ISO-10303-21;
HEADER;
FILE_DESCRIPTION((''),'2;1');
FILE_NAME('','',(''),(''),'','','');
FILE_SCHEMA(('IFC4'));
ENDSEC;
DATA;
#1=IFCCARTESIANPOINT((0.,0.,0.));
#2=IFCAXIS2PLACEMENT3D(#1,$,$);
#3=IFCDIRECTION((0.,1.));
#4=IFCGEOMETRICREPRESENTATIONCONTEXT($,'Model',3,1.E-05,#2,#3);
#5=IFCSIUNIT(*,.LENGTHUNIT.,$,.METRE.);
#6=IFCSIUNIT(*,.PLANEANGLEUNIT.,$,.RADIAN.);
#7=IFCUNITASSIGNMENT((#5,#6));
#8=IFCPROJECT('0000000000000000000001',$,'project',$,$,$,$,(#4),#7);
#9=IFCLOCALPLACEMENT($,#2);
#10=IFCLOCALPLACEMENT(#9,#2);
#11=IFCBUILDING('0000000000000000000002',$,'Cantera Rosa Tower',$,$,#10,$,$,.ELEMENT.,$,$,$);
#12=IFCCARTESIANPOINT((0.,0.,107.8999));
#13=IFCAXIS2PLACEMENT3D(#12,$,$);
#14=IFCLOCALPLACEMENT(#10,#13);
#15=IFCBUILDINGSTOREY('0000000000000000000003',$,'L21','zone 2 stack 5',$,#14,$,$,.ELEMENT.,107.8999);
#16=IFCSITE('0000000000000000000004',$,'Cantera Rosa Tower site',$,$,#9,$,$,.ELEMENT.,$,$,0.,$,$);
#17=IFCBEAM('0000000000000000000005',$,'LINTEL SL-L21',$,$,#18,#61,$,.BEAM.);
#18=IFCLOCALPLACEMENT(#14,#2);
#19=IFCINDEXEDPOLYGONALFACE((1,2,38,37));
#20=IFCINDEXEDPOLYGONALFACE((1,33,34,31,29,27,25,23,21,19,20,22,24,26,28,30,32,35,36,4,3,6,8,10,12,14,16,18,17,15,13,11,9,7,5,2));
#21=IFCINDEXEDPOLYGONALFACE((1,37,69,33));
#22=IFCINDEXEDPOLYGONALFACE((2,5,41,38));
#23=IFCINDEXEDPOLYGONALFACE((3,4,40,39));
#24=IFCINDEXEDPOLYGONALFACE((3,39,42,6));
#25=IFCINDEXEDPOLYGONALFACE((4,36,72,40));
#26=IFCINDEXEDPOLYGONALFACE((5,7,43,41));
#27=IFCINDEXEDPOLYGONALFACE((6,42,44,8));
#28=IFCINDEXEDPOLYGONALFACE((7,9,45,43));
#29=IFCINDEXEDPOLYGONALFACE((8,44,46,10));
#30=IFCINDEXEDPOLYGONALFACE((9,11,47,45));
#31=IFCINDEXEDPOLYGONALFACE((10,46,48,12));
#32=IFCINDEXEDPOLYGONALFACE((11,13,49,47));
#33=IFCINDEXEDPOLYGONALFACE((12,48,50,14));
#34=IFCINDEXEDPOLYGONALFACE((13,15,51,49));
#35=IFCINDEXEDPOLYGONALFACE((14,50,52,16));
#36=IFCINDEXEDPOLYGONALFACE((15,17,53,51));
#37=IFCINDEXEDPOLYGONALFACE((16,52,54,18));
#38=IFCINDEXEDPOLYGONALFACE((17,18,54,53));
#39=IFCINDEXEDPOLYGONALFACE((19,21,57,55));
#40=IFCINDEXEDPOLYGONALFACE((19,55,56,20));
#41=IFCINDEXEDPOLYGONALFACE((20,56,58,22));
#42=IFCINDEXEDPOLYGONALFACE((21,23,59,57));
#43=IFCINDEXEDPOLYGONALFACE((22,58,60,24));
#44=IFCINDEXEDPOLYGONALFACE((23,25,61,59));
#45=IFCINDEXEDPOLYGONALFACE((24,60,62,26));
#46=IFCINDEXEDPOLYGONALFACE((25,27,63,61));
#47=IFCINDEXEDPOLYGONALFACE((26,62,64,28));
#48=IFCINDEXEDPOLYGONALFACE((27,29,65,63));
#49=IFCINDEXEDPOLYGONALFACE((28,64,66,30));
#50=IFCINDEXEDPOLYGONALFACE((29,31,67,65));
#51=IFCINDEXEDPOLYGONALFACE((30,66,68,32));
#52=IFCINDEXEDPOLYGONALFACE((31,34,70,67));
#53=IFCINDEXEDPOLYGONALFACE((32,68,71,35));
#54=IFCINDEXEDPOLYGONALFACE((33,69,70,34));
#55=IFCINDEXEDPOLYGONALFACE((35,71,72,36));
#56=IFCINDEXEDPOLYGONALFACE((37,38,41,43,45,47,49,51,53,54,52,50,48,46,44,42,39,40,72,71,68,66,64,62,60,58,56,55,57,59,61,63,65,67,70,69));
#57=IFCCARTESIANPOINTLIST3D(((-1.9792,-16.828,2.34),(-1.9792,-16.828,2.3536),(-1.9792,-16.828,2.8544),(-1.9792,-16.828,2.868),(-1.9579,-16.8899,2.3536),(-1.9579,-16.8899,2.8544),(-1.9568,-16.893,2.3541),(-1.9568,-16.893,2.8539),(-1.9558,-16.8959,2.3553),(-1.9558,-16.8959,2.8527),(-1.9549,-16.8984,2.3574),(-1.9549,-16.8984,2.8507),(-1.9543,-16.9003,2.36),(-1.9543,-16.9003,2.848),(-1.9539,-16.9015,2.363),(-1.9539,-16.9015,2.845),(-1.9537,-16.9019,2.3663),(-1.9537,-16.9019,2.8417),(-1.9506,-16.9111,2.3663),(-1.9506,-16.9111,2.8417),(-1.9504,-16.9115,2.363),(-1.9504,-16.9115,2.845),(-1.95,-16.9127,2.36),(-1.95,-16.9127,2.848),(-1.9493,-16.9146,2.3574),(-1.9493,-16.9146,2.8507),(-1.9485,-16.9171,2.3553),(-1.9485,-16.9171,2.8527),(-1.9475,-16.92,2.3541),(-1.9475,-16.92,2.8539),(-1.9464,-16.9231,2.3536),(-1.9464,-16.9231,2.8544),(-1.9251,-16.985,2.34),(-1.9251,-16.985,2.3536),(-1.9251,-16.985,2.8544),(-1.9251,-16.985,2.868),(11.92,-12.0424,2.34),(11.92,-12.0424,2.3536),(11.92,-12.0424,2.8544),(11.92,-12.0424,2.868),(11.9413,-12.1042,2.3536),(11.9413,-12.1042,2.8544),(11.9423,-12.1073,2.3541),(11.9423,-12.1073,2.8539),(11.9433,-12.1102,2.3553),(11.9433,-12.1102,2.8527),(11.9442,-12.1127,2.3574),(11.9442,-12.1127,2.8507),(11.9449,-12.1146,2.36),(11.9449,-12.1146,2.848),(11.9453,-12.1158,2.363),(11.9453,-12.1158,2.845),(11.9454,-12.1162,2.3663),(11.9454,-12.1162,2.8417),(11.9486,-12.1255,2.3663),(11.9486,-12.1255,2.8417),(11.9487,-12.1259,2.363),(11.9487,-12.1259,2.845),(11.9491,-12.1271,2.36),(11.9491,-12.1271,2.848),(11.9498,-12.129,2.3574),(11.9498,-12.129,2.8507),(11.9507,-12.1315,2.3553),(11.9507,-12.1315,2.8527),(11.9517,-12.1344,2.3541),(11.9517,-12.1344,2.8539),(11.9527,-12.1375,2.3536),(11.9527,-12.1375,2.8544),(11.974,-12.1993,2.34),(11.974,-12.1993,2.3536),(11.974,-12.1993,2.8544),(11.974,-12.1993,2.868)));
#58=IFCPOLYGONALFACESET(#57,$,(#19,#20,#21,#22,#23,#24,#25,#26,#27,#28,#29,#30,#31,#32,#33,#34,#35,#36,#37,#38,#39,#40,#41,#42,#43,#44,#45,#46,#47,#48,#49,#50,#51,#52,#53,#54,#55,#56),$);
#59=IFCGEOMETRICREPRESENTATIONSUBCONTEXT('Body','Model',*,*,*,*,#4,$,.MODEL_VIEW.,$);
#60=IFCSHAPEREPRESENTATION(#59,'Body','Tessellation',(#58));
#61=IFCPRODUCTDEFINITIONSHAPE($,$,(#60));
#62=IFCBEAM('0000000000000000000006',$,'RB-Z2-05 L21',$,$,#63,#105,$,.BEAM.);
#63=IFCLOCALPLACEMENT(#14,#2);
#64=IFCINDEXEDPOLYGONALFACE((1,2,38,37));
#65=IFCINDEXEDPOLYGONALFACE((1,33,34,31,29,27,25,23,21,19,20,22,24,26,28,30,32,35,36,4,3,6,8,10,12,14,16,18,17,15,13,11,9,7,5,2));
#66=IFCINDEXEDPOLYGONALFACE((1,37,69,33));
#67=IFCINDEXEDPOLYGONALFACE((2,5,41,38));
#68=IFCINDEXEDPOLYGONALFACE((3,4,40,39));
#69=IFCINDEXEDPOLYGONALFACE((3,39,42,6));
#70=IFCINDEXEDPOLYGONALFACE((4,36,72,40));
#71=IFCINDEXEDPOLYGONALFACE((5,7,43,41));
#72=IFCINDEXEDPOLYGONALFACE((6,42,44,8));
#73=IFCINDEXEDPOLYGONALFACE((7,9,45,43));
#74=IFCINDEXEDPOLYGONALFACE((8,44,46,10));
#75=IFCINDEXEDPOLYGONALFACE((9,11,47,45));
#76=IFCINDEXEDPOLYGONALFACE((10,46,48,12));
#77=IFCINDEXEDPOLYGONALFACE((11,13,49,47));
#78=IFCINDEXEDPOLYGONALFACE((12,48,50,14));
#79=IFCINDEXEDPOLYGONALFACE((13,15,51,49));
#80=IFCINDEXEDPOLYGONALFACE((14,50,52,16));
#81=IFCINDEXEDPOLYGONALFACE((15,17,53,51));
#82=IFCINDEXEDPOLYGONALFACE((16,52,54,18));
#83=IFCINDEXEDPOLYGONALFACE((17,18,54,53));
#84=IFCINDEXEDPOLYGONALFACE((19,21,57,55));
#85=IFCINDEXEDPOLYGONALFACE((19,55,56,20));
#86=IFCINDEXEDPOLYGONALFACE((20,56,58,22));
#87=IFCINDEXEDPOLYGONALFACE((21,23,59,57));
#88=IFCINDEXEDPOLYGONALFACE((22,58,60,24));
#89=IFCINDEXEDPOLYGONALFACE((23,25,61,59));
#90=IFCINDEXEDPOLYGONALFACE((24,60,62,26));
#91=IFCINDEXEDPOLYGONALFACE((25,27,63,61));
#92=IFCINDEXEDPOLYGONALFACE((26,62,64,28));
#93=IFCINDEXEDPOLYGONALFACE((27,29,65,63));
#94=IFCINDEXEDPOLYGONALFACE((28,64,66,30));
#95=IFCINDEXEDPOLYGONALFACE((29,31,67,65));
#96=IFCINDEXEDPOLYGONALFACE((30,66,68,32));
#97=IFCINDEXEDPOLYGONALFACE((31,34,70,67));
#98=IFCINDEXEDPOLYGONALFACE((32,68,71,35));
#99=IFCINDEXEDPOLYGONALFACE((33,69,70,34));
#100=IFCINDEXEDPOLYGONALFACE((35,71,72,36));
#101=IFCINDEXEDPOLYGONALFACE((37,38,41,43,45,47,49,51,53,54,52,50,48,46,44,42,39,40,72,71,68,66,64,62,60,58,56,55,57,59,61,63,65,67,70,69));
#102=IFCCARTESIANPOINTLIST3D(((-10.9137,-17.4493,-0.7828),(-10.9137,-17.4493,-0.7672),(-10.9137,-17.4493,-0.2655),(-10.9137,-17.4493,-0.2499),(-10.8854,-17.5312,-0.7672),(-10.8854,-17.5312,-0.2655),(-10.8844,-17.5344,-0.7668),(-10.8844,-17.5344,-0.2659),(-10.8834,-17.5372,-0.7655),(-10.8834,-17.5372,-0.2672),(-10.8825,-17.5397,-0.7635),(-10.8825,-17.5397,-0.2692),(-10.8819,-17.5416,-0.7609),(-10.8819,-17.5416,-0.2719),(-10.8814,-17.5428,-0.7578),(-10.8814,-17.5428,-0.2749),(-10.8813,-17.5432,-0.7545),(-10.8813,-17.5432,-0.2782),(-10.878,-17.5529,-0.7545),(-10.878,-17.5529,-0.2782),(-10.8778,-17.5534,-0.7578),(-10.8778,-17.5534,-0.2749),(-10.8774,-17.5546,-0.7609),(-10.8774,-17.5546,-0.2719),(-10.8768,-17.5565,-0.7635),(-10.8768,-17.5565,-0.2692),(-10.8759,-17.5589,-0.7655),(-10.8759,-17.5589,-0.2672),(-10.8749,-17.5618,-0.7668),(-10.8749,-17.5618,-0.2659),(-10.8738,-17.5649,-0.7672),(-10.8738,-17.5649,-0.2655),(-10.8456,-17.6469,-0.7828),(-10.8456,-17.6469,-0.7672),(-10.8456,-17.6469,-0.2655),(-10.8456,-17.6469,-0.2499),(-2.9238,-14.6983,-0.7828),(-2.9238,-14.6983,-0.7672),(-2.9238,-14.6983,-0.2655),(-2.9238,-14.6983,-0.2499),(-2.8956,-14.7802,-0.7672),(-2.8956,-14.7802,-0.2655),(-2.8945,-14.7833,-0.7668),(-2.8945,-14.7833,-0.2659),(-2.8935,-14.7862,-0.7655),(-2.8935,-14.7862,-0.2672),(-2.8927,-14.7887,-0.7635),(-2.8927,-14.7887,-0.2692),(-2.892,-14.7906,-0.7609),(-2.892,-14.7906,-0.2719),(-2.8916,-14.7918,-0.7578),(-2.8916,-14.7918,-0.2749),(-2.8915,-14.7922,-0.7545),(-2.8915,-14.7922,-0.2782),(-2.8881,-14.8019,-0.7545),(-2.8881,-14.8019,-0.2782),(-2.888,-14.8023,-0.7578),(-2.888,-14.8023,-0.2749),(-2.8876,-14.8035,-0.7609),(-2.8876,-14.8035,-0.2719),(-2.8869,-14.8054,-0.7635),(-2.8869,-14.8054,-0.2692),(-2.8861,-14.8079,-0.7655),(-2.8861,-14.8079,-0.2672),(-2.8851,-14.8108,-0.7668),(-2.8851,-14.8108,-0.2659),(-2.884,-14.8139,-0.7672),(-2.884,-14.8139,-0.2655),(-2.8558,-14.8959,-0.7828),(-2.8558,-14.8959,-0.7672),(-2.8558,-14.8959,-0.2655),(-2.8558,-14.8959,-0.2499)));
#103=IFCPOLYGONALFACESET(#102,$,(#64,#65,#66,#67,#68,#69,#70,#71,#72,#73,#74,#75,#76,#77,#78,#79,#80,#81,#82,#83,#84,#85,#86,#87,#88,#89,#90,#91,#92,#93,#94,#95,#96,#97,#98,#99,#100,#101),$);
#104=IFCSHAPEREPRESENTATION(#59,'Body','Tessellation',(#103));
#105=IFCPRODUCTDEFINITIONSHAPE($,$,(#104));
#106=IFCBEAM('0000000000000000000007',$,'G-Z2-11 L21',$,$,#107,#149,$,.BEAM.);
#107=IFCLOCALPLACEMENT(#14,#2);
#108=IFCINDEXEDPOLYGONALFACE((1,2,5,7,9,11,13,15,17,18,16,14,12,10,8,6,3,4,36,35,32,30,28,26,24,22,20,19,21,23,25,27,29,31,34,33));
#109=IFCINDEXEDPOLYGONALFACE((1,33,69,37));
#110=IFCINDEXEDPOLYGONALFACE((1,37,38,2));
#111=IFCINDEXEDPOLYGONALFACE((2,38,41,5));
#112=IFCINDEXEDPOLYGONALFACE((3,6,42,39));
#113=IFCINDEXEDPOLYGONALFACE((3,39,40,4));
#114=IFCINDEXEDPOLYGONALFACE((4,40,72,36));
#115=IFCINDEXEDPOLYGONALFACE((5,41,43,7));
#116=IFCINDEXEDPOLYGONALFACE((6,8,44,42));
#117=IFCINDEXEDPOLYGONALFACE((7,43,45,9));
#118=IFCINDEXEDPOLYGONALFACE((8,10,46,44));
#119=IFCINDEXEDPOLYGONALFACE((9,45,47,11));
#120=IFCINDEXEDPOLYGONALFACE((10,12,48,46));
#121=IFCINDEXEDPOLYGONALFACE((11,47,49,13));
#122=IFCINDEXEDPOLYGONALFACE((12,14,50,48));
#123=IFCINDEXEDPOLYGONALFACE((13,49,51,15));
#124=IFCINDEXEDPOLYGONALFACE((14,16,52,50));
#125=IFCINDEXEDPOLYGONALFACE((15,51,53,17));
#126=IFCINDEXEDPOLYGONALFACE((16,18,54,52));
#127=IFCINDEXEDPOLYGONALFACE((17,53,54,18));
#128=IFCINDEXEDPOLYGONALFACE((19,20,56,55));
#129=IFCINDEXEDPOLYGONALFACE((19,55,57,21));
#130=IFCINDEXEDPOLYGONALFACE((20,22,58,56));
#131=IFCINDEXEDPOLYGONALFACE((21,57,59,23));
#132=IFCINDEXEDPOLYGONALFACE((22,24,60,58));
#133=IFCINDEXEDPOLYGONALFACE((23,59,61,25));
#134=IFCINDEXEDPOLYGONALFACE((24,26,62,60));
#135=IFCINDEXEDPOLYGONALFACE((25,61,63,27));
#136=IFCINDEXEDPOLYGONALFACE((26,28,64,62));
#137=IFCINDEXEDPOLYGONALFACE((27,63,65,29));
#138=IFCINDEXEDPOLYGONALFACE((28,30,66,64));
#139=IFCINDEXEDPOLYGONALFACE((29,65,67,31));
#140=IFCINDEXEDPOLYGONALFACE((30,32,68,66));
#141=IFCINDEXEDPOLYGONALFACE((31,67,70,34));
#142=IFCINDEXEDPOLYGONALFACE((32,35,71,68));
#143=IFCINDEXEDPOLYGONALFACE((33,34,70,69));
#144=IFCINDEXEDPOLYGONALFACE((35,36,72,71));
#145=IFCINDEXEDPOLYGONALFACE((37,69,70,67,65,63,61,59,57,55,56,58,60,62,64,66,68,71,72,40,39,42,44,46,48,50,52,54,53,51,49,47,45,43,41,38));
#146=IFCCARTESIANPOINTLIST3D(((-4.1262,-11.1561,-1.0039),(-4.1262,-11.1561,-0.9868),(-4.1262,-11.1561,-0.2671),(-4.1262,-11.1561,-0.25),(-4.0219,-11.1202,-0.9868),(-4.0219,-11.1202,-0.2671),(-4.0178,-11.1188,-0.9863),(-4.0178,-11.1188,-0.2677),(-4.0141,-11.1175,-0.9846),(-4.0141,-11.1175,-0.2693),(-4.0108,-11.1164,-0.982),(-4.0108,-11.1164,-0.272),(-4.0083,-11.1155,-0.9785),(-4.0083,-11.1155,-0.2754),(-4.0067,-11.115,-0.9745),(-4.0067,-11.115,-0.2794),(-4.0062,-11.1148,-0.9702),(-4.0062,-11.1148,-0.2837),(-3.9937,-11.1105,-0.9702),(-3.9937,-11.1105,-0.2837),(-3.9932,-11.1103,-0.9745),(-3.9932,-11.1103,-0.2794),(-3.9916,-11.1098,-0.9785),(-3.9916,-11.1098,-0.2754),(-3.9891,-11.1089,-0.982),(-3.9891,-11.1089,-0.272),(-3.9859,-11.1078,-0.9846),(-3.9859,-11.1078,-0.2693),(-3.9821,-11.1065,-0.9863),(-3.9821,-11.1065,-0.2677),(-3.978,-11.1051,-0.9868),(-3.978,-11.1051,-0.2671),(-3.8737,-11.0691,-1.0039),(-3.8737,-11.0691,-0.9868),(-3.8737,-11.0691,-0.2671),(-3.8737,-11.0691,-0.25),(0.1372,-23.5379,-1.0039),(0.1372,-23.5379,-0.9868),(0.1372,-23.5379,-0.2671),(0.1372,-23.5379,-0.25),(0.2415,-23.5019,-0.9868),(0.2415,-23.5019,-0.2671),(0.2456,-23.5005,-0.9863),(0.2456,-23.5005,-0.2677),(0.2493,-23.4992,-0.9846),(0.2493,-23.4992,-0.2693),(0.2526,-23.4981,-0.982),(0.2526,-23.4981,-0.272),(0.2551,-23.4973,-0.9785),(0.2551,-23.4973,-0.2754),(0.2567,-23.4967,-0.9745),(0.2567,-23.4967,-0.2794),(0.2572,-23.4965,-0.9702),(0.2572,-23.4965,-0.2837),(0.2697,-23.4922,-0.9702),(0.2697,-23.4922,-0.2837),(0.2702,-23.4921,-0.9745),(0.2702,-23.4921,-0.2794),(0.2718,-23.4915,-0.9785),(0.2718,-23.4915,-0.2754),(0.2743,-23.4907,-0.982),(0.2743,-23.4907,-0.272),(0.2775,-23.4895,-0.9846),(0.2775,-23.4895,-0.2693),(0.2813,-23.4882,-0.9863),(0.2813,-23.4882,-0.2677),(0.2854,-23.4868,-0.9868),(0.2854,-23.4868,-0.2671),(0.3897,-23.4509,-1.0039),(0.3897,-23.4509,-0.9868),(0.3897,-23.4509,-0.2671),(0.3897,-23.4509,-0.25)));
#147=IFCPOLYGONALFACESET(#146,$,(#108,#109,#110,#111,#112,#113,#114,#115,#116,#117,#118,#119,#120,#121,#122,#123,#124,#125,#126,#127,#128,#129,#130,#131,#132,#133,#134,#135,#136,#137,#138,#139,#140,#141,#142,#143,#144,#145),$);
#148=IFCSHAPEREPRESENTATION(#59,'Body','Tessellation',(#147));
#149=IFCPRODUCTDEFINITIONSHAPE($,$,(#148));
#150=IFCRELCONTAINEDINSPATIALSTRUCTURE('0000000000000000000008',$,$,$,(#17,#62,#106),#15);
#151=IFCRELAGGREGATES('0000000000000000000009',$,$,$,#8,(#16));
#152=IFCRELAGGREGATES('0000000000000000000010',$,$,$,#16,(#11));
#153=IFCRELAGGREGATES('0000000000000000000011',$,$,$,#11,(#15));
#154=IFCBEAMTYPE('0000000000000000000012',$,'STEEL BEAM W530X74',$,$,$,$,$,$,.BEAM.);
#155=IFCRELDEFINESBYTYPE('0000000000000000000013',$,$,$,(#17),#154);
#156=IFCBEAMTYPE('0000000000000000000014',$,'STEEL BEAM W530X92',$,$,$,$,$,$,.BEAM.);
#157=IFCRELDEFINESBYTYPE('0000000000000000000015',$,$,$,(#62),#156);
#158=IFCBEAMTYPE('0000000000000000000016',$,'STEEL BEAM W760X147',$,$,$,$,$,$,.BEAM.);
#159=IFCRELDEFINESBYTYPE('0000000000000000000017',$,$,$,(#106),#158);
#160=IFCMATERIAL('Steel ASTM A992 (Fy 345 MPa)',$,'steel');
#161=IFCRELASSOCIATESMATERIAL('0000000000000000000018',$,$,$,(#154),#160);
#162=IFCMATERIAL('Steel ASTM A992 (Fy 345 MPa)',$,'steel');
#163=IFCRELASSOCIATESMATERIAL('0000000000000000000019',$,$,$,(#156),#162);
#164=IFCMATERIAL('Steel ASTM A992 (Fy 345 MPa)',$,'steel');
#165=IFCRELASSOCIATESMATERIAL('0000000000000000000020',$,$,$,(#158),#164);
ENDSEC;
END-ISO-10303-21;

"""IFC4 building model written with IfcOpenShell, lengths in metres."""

from ifc_helpers import new_model, si_unit, direction, frame, origin, origin_2d, place, context, subcontext, project, spatial, i_section, extrude, material, material_profile, profile_set, type_object, element, save


model = new_model("IFC4")

# Units and contexts
model_context = context("Model", 3, precision=1e-05, world=origin(), true_north=direction((0.0, 1.0)))
body_context = subcontext(model_context, "Body", "Model", "MODEL_VIEW")
ifc_project = project(units=[si_unit("LENGTHUNIT", "METRE"), si_unit("PLANEANGLEUNIT", "RADIAN")], contexts=[model_context])

# Site, building, storey
site_placement = place(None, origin())
site = spatial("IfcSite", under=ifc_project, at=site_placement, Name="Cantera Rosa Tower site", CompositionType="ELEMENT", RefElevation=0.0)
building_placement = place(site_placement, origin())
building = spatial("IfcBuilding", under=site, at=building_placement, Name="Cantera Rosa Tower", CompositionType="ELEMENT")
storey_placement = place(building_placement, frame((0.0, 0.0, 107.8999)))
storey = spatial("IfcBuildingStorey", under=building, at=storey_placement, Name="L21", Description="zone 2 stack 5", CompositionType="ELEMENT", Elevation=107.8999)

# Beams
ifc_material_1 = material(Name="Steel ASTM A992 (Fy 345 MPa)", Category="steel")
ifc_material_profile_1 = material_profile(ifc_material_1, i_section(OverallWidth=0.166, OverallDepth=0.5281, WebThickness=0.0098, FlangeThickness=0.0137, FilletRadius=0.0127, at=origin_2d()), Name="W530X74")
ifc_profile_set_1 = profile_set([ifc_material_profile_1], Name="Steel ASTM A992 (Fy 345 MPa)")
beam_type_1 = type_object("IfcBeamType", Name="STEEL BEAM W530X74", PredefinedType="BEAM", material=ifc_profile_set_1)
beam_1_placement = place(storey_placement, frame((-1.9521, -16.9065, 2.604), z_axis=(0.945523, 0.325555, 0.0), x_axis=(-0.325555, 0.945523, 0.0)))
element("IfcBeam", 1, at=beam_1_placement, inside=storey, type_object=beam_type_1, Name="LINTEL SL-L21", PredefinedType="BEAM", context=body_context, shape_type="SweptSolid", body=[
    extrude(i_section(OverallWidth=0.166, OverallDepth=0.5281, WebThickness=0.0098, FlangeThickness=0.0137, FilletRadius=0.0127, at=origin_2d()), origin(), (0.0, 0.0, 1.0), 14.7),
])
ifc_material_2 = material(Name="Steel ASTM A992 (Fy 345 MPa)", Category="steel")
ifc_material_profile_2 = material_profile(ifc_material_2, i_section(OverallWidth=0.209, OverallDepth=0.533, WebThickness=0.0103, FlangeThickness=0.0156, FilletRadius=0.0127, at=origin_2d()), Name="W530X92")
ifc_profile_set_2 = profile_set([ifc_material_profile_2], Name="Steel ASTM A992 (Fy 345 MPa)")
beam_type_2 = type_object("IfcBeamType", Name="STEEL BEAM W530X92", PredefinedType="BEAM", material=ifc_profile_set_2)
beam_2_placement = place(storey_placement, frame((-10.8796, -17.5481, -0.5164), z_axis=(0.945523, 0.325556, 0.0), x_axis=(-0.325556, 0.945523, 0.0)))
element("IfcBeam", 2, at=beam_2_placement, inside=storey, type_object=beam_type_2, Name="RB-Z2-05 L21", PredefinedType="BEAM", context=body_context, shape_type="SweptSolid", body=[
    extrude(i_section(OverallWidth=0.209, OverallDepth=0.533, WebThickness=0.0103, FlangeThickness=0.0156, FilletRadius=0.0127, at=origin_2d()), origin(), (0.0, 0.0, 1.0), 8.4502),
])
ifc_material_3 = material(Name="Steel ASTM A992 (Fy 345 MPa)", Category="steel")
ifc_material_profile_3 = material_profile(ifc_material_3, i_section(OverallWidth=0.2671, OverallDepth=0.7539, WebThickness=0.0132, FlangeThickness=0.0171, FilletRadius=0.0166, at=origin_2d()), Name="W760X147")
ifc_profile_set_3 = profile_set([ifc_material_profile_3], Name="Steel ASTM A992 (Fy 345 MPa)")
beam_type_3 = type_object("IfcBeamType", Name="STEEL BEAM W760X147", PredefinedType="BEAM", material=ifc_profile_set_3)
beam_3_placement = place(storey_placement, frame((0.2634, -23.4944, -0.627), z_axis=(-0.32557, 0.945518, 0.0), x_axis=(-0.945518, -0.32557, 0.0)))
element("IfcBeam", 3, at=beam_3_placement, inside=storey, type_object=beam_type_3, Name="G-Z2-11 L21", PredefinedType="BEAM", context=body_context, shape_type="SweptSolid", body=[
    extrude(i_section(OverallWidth=0.2671, OverallDepth=0.7539, WebThickness=0.0132, FlangeThickness=0.0171, FilletRadius=0.0166, at=origin_2d()), origin(), (0.0, 0.0, 1.0), 13.0952),
])

save(model, "model.ifc")
